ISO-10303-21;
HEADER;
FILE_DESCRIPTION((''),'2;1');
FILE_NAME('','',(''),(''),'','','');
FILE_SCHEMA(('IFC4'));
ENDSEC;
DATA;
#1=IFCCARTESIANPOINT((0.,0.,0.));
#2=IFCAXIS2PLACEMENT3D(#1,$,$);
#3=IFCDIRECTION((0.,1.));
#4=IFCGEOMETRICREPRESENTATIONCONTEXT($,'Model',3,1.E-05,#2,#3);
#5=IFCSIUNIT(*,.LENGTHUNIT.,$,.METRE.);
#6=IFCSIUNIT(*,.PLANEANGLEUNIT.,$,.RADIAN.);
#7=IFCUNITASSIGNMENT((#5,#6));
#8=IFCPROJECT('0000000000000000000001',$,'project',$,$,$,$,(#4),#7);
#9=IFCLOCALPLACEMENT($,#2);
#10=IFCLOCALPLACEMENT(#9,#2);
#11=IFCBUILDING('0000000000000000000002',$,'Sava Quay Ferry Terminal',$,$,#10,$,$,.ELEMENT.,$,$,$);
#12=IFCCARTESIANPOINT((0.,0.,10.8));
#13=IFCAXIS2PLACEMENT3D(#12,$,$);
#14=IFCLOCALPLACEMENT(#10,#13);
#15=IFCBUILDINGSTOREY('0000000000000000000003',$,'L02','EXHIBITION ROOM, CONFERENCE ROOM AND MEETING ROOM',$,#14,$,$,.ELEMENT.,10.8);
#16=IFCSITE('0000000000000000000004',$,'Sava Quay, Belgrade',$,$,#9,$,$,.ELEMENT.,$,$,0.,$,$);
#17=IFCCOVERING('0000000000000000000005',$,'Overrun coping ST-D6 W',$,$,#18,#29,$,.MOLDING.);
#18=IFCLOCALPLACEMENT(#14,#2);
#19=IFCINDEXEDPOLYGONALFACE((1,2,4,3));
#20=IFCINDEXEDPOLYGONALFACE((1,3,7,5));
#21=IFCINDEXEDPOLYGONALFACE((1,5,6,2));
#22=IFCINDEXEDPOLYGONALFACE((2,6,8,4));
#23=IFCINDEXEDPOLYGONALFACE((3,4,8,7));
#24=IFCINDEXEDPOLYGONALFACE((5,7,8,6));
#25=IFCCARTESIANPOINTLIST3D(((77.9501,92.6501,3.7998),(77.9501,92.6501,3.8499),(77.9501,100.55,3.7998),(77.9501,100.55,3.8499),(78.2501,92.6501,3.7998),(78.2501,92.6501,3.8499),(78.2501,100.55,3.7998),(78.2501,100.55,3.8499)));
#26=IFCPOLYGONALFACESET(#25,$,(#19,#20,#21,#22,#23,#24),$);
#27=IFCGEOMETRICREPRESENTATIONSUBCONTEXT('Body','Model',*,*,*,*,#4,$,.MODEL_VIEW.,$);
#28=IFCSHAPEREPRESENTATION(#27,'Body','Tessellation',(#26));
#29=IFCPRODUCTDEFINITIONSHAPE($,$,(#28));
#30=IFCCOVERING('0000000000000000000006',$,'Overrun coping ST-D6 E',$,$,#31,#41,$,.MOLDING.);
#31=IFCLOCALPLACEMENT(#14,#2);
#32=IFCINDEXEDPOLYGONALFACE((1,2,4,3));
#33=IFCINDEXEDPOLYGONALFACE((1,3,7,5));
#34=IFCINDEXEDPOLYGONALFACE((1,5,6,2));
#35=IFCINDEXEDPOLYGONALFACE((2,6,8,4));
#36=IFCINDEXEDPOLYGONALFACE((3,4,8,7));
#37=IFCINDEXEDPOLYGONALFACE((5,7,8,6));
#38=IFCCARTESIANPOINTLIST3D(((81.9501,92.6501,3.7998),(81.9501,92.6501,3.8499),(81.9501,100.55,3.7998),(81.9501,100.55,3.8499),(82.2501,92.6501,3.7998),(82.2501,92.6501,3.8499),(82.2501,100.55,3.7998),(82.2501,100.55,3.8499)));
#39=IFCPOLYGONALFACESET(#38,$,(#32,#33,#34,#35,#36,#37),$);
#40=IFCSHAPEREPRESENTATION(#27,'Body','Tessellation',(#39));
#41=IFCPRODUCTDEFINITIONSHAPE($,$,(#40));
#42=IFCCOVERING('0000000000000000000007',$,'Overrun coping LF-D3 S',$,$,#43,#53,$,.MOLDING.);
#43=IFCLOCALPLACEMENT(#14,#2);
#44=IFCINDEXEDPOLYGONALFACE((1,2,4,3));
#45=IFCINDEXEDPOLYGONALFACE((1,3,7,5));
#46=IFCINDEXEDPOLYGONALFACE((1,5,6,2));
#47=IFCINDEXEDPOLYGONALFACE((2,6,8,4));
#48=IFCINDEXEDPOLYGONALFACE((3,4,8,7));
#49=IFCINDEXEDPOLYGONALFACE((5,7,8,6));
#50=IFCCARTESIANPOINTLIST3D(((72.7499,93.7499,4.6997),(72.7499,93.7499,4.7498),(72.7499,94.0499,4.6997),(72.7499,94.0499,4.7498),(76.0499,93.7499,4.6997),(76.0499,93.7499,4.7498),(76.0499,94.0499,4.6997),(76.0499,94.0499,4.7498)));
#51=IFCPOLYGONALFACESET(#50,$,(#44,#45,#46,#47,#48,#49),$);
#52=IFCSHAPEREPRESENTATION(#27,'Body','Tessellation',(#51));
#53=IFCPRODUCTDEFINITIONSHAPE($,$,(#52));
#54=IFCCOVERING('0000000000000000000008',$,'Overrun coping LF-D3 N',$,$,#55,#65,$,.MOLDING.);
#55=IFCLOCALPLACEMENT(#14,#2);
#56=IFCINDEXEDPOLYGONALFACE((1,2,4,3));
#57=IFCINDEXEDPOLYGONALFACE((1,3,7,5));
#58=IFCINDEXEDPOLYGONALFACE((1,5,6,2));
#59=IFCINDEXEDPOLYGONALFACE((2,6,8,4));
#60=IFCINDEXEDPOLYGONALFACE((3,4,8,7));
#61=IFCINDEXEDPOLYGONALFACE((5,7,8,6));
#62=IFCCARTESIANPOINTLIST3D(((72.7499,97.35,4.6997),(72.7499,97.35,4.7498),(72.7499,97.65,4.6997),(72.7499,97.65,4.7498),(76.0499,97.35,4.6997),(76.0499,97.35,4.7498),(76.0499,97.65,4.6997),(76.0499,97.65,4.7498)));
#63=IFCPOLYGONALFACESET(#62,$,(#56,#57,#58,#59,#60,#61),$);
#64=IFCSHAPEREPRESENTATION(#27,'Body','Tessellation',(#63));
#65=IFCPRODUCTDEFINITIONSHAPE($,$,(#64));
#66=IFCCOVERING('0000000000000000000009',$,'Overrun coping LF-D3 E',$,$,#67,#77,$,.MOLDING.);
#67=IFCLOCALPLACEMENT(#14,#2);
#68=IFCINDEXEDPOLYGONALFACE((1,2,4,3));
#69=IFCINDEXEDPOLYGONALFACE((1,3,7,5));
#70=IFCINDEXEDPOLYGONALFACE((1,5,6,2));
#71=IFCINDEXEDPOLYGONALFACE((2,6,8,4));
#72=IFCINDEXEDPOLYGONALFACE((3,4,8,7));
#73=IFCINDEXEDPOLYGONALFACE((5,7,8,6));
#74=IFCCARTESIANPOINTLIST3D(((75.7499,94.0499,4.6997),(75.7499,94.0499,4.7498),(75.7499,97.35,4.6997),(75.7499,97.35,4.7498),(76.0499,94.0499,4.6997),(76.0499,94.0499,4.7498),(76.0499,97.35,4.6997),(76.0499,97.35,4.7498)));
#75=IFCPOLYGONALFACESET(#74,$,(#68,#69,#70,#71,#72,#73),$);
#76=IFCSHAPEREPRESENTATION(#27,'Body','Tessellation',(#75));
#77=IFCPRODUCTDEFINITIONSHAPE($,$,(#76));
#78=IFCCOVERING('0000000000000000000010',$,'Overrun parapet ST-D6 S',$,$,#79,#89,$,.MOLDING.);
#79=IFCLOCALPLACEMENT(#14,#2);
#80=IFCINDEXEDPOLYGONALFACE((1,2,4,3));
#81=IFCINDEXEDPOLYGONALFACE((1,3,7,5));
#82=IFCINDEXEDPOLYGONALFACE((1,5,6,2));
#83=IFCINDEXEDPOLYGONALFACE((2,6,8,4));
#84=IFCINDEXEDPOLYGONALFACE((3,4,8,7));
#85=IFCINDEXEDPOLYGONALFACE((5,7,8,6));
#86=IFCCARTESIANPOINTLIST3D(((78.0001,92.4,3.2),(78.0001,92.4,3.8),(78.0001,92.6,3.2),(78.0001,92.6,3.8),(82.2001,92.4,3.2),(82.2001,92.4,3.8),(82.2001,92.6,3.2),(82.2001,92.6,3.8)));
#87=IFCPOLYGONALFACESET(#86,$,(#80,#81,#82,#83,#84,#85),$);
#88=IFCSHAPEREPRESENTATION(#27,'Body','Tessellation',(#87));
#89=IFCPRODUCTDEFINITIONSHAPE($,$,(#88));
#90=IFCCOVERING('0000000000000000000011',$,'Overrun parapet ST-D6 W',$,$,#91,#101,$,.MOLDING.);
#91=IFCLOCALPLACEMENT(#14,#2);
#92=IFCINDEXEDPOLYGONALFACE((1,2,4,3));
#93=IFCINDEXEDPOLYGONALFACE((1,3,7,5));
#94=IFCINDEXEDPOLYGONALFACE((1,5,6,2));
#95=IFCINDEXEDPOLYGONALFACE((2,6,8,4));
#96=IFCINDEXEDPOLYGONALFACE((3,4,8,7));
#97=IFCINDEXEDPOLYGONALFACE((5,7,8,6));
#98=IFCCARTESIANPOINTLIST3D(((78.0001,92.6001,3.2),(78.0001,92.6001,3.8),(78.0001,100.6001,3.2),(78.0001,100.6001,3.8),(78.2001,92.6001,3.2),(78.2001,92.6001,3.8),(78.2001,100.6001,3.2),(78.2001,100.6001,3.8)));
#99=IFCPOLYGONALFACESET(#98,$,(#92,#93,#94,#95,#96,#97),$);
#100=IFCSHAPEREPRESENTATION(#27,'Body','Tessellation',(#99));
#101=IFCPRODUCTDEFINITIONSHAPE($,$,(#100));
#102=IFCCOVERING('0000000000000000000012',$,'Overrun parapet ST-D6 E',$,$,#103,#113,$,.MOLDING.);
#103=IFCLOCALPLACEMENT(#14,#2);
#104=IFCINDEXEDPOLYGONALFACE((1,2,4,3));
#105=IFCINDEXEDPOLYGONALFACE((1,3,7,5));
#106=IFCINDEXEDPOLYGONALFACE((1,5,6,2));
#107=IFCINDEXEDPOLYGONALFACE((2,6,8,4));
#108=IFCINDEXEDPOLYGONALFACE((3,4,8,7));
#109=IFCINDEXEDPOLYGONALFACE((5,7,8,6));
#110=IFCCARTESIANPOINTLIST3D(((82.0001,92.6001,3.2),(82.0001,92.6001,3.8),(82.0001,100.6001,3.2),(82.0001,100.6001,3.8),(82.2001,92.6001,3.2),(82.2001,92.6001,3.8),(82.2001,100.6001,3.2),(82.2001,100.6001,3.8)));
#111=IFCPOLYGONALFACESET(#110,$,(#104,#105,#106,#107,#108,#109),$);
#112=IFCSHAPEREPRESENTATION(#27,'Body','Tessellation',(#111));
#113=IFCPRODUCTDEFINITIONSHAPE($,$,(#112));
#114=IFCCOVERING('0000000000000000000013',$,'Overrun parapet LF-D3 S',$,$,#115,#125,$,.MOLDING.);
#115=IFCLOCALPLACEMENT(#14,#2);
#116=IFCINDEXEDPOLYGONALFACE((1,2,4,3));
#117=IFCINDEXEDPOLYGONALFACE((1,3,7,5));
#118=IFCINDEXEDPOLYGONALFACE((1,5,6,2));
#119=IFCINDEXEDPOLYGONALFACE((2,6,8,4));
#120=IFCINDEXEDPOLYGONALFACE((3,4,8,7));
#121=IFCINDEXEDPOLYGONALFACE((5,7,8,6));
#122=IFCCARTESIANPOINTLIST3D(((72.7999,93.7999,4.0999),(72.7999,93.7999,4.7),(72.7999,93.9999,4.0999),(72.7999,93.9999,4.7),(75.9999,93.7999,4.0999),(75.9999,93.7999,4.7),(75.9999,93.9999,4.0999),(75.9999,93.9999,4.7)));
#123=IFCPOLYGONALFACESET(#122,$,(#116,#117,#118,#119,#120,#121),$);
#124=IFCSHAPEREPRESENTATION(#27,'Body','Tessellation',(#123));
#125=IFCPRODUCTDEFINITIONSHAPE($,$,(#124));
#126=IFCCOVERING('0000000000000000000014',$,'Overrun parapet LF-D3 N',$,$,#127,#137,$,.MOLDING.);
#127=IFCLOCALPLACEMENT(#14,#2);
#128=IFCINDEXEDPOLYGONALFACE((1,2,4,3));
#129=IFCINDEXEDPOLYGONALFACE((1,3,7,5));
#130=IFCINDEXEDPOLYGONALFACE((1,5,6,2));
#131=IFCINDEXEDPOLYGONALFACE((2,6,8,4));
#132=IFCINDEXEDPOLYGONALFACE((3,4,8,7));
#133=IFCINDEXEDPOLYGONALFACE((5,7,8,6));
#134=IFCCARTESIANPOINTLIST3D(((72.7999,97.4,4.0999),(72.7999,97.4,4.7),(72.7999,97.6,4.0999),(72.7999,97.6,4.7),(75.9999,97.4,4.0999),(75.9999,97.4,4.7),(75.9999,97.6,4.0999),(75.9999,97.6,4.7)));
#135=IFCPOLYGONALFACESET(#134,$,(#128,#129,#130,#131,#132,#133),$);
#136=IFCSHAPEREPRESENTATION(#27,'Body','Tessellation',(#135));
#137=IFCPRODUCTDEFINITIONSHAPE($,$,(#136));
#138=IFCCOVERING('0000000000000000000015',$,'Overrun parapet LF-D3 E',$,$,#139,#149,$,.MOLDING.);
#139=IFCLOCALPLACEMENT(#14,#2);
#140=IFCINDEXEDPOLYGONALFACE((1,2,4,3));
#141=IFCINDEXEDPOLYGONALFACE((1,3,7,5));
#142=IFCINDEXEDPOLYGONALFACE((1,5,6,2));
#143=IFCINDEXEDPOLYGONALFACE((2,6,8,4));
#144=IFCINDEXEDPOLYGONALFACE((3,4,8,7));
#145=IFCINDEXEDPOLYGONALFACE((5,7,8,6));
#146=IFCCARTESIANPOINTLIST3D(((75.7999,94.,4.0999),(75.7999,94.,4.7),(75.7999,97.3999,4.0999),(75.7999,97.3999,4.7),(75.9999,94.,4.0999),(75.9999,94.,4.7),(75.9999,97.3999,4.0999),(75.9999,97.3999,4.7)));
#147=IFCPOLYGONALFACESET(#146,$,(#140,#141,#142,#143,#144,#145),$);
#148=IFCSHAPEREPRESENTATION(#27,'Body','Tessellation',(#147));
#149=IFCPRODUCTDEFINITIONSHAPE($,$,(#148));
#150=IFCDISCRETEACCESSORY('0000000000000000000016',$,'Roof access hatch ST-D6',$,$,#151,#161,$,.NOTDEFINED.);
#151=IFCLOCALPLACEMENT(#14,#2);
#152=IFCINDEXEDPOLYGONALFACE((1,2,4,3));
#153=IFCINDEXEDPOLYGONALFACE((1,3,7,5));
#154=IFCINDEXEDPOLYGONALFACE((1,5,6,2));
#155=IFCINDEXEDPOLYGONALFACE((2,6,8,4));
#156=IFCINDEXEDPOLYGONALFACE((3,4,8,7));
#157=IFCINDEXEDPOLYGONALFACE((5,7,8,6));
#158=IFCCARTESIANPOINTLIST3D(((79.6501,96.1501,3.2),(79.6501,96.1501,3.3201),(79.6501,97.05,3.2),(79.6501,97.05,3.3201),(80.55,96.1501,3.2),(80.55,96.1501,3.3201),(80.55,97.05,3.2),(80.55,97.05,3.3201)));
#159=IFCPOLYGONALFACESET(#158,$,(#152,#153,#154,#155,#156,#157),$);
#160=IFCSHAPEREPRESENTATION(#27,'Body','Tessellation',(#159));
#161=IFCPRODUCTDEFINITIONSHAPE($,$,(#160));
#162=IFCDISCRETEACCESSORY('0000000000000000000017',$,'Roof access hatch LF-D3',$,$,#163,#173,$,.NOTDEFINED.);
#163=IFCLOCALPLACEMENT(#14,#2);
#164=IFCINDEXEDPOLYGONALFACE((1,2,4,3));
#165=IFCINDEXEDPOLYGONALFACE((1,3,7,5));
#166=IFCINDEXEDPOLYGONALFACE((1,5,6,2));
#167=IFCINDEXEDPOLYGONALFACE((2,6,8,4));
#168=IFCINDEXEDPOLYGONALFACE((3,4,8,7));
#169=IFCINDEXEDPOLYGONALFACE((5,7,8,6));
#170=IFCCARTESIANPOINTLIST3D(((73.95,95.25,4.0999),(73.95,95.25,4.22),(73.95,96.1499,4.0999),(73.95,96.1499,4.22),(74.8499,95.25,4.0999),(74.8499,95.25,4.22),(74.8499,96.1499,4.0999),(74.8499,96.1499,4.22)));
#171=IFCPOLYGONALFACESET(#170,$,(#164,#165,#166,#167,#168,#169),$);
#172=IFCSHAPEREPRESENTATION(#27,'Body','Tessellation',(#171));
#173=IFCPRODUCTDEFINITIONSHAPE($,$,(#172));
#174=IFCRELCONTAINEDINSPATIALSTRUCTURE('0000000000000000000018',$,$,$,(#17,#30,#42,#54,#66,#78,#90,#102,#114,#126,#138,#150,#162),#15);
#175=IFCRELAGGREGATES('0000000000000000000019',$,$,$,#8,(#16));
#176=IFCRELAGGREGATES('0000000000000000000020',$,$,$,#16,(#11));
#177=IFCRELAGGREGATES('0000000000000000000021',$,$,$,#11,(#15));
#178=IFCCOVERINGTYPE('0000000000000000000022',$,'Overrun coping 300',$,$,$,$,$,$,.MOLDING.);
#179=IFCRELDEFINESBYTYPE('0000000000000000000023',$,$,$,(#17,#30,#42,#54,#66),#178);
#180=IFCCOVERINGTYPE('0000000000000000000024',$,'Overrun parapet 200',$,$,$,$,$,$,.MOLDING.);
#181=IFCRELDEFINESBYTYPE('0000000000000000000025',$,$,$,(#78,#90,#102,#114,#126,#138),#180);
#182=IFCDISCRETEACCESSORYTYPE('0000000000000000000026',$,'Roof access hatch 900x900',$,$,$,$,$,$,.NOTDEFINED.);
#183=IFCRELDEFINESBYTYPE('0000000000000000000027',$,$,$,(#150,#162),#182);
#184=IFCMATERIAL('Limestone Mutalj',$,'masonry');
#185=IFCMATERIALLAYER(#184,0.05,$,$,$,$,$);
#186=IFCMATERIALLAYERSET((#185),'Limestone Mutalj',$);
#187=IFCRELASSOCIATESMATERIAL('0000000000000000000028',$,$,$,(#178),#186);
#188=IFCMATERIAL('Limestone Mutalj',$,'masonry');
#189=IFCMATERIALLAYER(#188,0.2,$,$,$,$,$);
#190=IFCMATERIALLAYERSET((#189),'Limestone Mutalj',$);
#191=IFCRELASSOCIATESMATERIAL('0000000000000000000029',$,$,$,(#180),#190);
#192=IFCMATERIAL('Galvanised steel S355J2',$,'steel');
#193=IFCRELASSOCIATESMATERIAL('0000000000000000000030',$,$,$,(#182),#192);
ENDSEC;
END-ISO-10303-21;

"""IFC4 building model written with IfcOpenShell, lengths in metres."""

from ifc_helpers import new_model, si_unit, direction, frame, origin, origin_2d, place, context, subcontext, project, spatial, rectangle, extrude, material, layer, layer_set, type_object, element, save


model = new_model("IFC4")

# Units and contexts
model_context = context("Model", 3, precision=1e-05, world=origin(), true_north=direction((0.0, 1.0)))
body_context = subcontext(model_context, "Body", "Model", "MODEL_VIEW")
ifc_project = project(units=[si_unit("LENGTHUNIT", "METRE"), si_unit("PLANEANGLEUNIT", "RADIAN")], contexts=[model_context])

# Site, building, storey
site_placement = place(None, origin())
site = spatial("IfcSite", under=ifc_project, at=site_placement, Name="Sava Quay, Belgrade", CompositionType="ELEMENT", RefElevation=0.0)
building_placement = place(site_placement, origin())
building = spatial("IfcBuilding", under=site, at=building_placement, Name="Sava Quay Ferry Terminal", CompositionType="ELEMENT")
storey_placement = place(building_placement, frame((0.0, 0.0, 10.8)))
storey = spatial("IfcBuildingStorey", under=building, at=storey_placement, Name="L02", Description="EXHIBITION ROOM, CONFERENCE ROOM AND MEETING ROOM", CompositionType="ELEMENT", Elevation=10.8)

# Coverings
ifc_material_1 = material(Name="Limestone Mutalj", Category="masonry")
ifc_layer_1 = layer(ifc_material_1, 0.05)
ifc_layer_set_1 = layer_set([ifc_layer_1], Name="Limestone Mutalj")
covering_type_1 = type_object("IfcCoveringType", Name="Overrun coping 300", PredefinedType="MOLDING", material=ifc_layer_set_1)
for number, where, z_axis, x_axis, name in (
    (1, (78.1001, 96.6001, 3.7998), (0.0, 0.0, 1.0), (1.0, 0.0, 0.0), "Overrun coping ST-D6 W"),
    (2, (82.1001, 96.6001, 3.7998), (0.0, 0.0, 1.0), (1.0, 0.0, 0.0), "Overrun coping ST-D6 E"),
):
    element("IfcCovering", number, at=place(storey_placement, frame(where, z_axis=z_axis, x_axis=x_axis)), inside=storey, type_object=covering_type_1, Name=name, PredefinedType="MOLDING", context=body_context, shape_type="SweptSolid", body=[
        extrude(rectangle(XDim=0.3, YDim=7.8999, at=origin_2d()), origin(), (0.0, 0.0, 1.0), 0.05),
    ])
for number, where, z_axis, x_axis, name in (
    (3, (74.3999, 93.8999, 4.6997), (0.0, 0.0, 1.0), (1.0, 0.0, 0.0), "Overrun coping LF-D3 S"),
    (4, (74.3999, 97.5, 4.6997), (0.0, 0.0, 1.0), (1.0, 0.0, 0.0), "Overrun coping LF-D3 N"),
):
    element("IfcCovering", number, at=place(storey_placement, frame(where, z_axis=z_axis, x_axis=x_axis)), inside=storey, type_object=covering_type_1, Name=name, PredefinedType="MOLDING", context=body_context, shape_type="SweptSolid", body=[
        extrude(rectangle(XDim=3.3, YDim=0.3, at=origin_2d()), origin(), (0.0, 0.0, 1.0), 0.05),
    ])
covering_1_placement = place(storey_placement, frame((75.8999, 95.7, 4.6997), z_axis=(0.0, 0.0, 1.0), x_axis=(1.0, 0.0, 0.0)))
element("IfcCovering", 5, at=covering_1_placement, inside=storey, type_object=covering_type_1, Name="Overrun coping LF-D3 E", PredefinedType="MOLDING", context=body_context, shape_type="SweptSolid", body=[
    extrude(rectangle(XDim=0.3, YDim=3.3, at=origin_2d()), origin(), (0.0, 0.0, 1.0), 0.05),
])
ifc_material_2 = material(Name="Limestone Mutalj", Category="masonry")
ifc_layer_2 = layer(ifc_material_2, 0.2)
ifc_layer_set_2 = layer_set([ifc_layer_2], Name="Limestone Mutalj")
covering_type_2 = type_object("IfcCoveringType", Name="Overrun parapet 200", PredefinedType="MOLDING", material=ifc_layer_set_2)
covering_2_placement = place(storey_placement, frame((80.1001, 92.5, 3.2), z_axis=(0.0, 0.0, 1.0), x_axis=(1.0, 0.0, 0.0)))
element("IfcCovering", 6, at=covering_2_placement, inside=storey, type_object=covering_type_2, Name="Overrun parapet ST-D6 S", PredefinedType="MOLDING", context=body_context, shape_type="SweptSolid", body=[
    extrude(rectangle(XDim=4.2, YDim=0.2, at=origin_2d()), origin(), (0.0, 0.0, 1.0), 0.6001),
])
for number, where, z_axis, x_axis, name in (
    (7, (78.1001, 96.6001, 3.2), (0.0, 0.0, 1.0), (1.0, 0.0, 0.0), "Overrun parapet ST-D6 W"),
    (8, (82.1001, 96.6001, 3.2), (0.0, 0.0, 1.0), (1.0, 0.0, 0.0), "Overrun parapet ST-D6 E"),
):
    element("IfcCovering", number, at=place(storey_placement, frame(where, z_axis=z_axis, x_axis=x_axis)), inside=storey, type_object=covering_type_2, Name=name, PredefinedType="MOLDING", context=body_context, shape_type="SweptSolid", body=[
        extrude(rectangle(XDim=0.2, YDim=8.0, at=origin_2d()), origin(), (0.0, 0.0, 1.0), 0.6001),
    ])
for number, where, z_axis, x_axis, name in (
    (9, (74.3999, 93.8999, 4.0999), (0.0, 0.0, 1.0), (1.0, 0.0, 0.0), "Overrun parapet LF-D3 S"),
    (10, (74.3999, 97.5, 4.0999), (0.0, 0.0, 1.0), (1.0, 0.0, 0.0), "Overrun parapet LF-D3 N"),
):
    element("IfcCovering", number, at=place(storey_placement, frame(where, z_axis=z_axis, x_axis=x_axis)), inside=storey, type_object=covering_type_2, Name=name, PredefinedType="MOLDING", context=body_context, shape_type="SweptSolid", body=[
        extrude(rectangle(XDim=3.2, YDim=0.2, at=origin_2d()), origin(), (0.0, 0.0, 1.0), 0.6001),
    ])
covering_3_placement = place(storey_placement, frame((75.8999, 95.7, 4.0999), z_axis=(0.0, 0.0, 1.0), x_axis=(1.0, 0.0, 0.0)))
element("IfcCovering", 11, at=covering_3_placement, inside=storey, type_object=covering_type_2, Name="Overrun parapet LF-D3 E", PredefinedType="MOLDING", context=body_context, shape_type="SweptSolid", body=[
    extrude(rectangle(XDim=0.2, YDim=3.3999, at=origin_2d()), origin(), (0.0, 0.0, 1.0), 0.6001),
])

# Discrete accessories
ifc_material_3 = material(Name="Galvanised steel S355J2", Category="steel")
discrete_accessory_type = type_object("IfcDiscreteAccessoryType", Name="Roof access hatch 900x900", PredefinedType="NOTDEFINED", material=ifc_material_3)
for number, where, z_axis, x_axis, name in (
    (12, (80.1001, 96.6001, 3.2), (0.0, 0.0, 1.0), (1.0, 0.0, 0.0), "Roof access hatch ST-D6"),
    (13, (74.3999, 95.7, 4.0999), (0.0, 0.0, 1.0), (1.0, 0.0, 0.0), "Roof access hatch LF-D3"),
):
    element("IfcDiscreteAccessory", number, at=place(storey_placement, frame(where, z_axis=z_axis, x_axis=x_axis)), inside=storey, type_object=discrete_accessory_type, Name=name, PredefinedType="NOTDEFINED", context=body_context, shape_type="SweptSolid", body=[
        extrude(rectangle(XDim=0.8999, YDim=0.8999, at=origin_2d()), origin(), (0.0, 0.0, 1.0), 0.1201),
    ])

save(model, "model.ifc")
